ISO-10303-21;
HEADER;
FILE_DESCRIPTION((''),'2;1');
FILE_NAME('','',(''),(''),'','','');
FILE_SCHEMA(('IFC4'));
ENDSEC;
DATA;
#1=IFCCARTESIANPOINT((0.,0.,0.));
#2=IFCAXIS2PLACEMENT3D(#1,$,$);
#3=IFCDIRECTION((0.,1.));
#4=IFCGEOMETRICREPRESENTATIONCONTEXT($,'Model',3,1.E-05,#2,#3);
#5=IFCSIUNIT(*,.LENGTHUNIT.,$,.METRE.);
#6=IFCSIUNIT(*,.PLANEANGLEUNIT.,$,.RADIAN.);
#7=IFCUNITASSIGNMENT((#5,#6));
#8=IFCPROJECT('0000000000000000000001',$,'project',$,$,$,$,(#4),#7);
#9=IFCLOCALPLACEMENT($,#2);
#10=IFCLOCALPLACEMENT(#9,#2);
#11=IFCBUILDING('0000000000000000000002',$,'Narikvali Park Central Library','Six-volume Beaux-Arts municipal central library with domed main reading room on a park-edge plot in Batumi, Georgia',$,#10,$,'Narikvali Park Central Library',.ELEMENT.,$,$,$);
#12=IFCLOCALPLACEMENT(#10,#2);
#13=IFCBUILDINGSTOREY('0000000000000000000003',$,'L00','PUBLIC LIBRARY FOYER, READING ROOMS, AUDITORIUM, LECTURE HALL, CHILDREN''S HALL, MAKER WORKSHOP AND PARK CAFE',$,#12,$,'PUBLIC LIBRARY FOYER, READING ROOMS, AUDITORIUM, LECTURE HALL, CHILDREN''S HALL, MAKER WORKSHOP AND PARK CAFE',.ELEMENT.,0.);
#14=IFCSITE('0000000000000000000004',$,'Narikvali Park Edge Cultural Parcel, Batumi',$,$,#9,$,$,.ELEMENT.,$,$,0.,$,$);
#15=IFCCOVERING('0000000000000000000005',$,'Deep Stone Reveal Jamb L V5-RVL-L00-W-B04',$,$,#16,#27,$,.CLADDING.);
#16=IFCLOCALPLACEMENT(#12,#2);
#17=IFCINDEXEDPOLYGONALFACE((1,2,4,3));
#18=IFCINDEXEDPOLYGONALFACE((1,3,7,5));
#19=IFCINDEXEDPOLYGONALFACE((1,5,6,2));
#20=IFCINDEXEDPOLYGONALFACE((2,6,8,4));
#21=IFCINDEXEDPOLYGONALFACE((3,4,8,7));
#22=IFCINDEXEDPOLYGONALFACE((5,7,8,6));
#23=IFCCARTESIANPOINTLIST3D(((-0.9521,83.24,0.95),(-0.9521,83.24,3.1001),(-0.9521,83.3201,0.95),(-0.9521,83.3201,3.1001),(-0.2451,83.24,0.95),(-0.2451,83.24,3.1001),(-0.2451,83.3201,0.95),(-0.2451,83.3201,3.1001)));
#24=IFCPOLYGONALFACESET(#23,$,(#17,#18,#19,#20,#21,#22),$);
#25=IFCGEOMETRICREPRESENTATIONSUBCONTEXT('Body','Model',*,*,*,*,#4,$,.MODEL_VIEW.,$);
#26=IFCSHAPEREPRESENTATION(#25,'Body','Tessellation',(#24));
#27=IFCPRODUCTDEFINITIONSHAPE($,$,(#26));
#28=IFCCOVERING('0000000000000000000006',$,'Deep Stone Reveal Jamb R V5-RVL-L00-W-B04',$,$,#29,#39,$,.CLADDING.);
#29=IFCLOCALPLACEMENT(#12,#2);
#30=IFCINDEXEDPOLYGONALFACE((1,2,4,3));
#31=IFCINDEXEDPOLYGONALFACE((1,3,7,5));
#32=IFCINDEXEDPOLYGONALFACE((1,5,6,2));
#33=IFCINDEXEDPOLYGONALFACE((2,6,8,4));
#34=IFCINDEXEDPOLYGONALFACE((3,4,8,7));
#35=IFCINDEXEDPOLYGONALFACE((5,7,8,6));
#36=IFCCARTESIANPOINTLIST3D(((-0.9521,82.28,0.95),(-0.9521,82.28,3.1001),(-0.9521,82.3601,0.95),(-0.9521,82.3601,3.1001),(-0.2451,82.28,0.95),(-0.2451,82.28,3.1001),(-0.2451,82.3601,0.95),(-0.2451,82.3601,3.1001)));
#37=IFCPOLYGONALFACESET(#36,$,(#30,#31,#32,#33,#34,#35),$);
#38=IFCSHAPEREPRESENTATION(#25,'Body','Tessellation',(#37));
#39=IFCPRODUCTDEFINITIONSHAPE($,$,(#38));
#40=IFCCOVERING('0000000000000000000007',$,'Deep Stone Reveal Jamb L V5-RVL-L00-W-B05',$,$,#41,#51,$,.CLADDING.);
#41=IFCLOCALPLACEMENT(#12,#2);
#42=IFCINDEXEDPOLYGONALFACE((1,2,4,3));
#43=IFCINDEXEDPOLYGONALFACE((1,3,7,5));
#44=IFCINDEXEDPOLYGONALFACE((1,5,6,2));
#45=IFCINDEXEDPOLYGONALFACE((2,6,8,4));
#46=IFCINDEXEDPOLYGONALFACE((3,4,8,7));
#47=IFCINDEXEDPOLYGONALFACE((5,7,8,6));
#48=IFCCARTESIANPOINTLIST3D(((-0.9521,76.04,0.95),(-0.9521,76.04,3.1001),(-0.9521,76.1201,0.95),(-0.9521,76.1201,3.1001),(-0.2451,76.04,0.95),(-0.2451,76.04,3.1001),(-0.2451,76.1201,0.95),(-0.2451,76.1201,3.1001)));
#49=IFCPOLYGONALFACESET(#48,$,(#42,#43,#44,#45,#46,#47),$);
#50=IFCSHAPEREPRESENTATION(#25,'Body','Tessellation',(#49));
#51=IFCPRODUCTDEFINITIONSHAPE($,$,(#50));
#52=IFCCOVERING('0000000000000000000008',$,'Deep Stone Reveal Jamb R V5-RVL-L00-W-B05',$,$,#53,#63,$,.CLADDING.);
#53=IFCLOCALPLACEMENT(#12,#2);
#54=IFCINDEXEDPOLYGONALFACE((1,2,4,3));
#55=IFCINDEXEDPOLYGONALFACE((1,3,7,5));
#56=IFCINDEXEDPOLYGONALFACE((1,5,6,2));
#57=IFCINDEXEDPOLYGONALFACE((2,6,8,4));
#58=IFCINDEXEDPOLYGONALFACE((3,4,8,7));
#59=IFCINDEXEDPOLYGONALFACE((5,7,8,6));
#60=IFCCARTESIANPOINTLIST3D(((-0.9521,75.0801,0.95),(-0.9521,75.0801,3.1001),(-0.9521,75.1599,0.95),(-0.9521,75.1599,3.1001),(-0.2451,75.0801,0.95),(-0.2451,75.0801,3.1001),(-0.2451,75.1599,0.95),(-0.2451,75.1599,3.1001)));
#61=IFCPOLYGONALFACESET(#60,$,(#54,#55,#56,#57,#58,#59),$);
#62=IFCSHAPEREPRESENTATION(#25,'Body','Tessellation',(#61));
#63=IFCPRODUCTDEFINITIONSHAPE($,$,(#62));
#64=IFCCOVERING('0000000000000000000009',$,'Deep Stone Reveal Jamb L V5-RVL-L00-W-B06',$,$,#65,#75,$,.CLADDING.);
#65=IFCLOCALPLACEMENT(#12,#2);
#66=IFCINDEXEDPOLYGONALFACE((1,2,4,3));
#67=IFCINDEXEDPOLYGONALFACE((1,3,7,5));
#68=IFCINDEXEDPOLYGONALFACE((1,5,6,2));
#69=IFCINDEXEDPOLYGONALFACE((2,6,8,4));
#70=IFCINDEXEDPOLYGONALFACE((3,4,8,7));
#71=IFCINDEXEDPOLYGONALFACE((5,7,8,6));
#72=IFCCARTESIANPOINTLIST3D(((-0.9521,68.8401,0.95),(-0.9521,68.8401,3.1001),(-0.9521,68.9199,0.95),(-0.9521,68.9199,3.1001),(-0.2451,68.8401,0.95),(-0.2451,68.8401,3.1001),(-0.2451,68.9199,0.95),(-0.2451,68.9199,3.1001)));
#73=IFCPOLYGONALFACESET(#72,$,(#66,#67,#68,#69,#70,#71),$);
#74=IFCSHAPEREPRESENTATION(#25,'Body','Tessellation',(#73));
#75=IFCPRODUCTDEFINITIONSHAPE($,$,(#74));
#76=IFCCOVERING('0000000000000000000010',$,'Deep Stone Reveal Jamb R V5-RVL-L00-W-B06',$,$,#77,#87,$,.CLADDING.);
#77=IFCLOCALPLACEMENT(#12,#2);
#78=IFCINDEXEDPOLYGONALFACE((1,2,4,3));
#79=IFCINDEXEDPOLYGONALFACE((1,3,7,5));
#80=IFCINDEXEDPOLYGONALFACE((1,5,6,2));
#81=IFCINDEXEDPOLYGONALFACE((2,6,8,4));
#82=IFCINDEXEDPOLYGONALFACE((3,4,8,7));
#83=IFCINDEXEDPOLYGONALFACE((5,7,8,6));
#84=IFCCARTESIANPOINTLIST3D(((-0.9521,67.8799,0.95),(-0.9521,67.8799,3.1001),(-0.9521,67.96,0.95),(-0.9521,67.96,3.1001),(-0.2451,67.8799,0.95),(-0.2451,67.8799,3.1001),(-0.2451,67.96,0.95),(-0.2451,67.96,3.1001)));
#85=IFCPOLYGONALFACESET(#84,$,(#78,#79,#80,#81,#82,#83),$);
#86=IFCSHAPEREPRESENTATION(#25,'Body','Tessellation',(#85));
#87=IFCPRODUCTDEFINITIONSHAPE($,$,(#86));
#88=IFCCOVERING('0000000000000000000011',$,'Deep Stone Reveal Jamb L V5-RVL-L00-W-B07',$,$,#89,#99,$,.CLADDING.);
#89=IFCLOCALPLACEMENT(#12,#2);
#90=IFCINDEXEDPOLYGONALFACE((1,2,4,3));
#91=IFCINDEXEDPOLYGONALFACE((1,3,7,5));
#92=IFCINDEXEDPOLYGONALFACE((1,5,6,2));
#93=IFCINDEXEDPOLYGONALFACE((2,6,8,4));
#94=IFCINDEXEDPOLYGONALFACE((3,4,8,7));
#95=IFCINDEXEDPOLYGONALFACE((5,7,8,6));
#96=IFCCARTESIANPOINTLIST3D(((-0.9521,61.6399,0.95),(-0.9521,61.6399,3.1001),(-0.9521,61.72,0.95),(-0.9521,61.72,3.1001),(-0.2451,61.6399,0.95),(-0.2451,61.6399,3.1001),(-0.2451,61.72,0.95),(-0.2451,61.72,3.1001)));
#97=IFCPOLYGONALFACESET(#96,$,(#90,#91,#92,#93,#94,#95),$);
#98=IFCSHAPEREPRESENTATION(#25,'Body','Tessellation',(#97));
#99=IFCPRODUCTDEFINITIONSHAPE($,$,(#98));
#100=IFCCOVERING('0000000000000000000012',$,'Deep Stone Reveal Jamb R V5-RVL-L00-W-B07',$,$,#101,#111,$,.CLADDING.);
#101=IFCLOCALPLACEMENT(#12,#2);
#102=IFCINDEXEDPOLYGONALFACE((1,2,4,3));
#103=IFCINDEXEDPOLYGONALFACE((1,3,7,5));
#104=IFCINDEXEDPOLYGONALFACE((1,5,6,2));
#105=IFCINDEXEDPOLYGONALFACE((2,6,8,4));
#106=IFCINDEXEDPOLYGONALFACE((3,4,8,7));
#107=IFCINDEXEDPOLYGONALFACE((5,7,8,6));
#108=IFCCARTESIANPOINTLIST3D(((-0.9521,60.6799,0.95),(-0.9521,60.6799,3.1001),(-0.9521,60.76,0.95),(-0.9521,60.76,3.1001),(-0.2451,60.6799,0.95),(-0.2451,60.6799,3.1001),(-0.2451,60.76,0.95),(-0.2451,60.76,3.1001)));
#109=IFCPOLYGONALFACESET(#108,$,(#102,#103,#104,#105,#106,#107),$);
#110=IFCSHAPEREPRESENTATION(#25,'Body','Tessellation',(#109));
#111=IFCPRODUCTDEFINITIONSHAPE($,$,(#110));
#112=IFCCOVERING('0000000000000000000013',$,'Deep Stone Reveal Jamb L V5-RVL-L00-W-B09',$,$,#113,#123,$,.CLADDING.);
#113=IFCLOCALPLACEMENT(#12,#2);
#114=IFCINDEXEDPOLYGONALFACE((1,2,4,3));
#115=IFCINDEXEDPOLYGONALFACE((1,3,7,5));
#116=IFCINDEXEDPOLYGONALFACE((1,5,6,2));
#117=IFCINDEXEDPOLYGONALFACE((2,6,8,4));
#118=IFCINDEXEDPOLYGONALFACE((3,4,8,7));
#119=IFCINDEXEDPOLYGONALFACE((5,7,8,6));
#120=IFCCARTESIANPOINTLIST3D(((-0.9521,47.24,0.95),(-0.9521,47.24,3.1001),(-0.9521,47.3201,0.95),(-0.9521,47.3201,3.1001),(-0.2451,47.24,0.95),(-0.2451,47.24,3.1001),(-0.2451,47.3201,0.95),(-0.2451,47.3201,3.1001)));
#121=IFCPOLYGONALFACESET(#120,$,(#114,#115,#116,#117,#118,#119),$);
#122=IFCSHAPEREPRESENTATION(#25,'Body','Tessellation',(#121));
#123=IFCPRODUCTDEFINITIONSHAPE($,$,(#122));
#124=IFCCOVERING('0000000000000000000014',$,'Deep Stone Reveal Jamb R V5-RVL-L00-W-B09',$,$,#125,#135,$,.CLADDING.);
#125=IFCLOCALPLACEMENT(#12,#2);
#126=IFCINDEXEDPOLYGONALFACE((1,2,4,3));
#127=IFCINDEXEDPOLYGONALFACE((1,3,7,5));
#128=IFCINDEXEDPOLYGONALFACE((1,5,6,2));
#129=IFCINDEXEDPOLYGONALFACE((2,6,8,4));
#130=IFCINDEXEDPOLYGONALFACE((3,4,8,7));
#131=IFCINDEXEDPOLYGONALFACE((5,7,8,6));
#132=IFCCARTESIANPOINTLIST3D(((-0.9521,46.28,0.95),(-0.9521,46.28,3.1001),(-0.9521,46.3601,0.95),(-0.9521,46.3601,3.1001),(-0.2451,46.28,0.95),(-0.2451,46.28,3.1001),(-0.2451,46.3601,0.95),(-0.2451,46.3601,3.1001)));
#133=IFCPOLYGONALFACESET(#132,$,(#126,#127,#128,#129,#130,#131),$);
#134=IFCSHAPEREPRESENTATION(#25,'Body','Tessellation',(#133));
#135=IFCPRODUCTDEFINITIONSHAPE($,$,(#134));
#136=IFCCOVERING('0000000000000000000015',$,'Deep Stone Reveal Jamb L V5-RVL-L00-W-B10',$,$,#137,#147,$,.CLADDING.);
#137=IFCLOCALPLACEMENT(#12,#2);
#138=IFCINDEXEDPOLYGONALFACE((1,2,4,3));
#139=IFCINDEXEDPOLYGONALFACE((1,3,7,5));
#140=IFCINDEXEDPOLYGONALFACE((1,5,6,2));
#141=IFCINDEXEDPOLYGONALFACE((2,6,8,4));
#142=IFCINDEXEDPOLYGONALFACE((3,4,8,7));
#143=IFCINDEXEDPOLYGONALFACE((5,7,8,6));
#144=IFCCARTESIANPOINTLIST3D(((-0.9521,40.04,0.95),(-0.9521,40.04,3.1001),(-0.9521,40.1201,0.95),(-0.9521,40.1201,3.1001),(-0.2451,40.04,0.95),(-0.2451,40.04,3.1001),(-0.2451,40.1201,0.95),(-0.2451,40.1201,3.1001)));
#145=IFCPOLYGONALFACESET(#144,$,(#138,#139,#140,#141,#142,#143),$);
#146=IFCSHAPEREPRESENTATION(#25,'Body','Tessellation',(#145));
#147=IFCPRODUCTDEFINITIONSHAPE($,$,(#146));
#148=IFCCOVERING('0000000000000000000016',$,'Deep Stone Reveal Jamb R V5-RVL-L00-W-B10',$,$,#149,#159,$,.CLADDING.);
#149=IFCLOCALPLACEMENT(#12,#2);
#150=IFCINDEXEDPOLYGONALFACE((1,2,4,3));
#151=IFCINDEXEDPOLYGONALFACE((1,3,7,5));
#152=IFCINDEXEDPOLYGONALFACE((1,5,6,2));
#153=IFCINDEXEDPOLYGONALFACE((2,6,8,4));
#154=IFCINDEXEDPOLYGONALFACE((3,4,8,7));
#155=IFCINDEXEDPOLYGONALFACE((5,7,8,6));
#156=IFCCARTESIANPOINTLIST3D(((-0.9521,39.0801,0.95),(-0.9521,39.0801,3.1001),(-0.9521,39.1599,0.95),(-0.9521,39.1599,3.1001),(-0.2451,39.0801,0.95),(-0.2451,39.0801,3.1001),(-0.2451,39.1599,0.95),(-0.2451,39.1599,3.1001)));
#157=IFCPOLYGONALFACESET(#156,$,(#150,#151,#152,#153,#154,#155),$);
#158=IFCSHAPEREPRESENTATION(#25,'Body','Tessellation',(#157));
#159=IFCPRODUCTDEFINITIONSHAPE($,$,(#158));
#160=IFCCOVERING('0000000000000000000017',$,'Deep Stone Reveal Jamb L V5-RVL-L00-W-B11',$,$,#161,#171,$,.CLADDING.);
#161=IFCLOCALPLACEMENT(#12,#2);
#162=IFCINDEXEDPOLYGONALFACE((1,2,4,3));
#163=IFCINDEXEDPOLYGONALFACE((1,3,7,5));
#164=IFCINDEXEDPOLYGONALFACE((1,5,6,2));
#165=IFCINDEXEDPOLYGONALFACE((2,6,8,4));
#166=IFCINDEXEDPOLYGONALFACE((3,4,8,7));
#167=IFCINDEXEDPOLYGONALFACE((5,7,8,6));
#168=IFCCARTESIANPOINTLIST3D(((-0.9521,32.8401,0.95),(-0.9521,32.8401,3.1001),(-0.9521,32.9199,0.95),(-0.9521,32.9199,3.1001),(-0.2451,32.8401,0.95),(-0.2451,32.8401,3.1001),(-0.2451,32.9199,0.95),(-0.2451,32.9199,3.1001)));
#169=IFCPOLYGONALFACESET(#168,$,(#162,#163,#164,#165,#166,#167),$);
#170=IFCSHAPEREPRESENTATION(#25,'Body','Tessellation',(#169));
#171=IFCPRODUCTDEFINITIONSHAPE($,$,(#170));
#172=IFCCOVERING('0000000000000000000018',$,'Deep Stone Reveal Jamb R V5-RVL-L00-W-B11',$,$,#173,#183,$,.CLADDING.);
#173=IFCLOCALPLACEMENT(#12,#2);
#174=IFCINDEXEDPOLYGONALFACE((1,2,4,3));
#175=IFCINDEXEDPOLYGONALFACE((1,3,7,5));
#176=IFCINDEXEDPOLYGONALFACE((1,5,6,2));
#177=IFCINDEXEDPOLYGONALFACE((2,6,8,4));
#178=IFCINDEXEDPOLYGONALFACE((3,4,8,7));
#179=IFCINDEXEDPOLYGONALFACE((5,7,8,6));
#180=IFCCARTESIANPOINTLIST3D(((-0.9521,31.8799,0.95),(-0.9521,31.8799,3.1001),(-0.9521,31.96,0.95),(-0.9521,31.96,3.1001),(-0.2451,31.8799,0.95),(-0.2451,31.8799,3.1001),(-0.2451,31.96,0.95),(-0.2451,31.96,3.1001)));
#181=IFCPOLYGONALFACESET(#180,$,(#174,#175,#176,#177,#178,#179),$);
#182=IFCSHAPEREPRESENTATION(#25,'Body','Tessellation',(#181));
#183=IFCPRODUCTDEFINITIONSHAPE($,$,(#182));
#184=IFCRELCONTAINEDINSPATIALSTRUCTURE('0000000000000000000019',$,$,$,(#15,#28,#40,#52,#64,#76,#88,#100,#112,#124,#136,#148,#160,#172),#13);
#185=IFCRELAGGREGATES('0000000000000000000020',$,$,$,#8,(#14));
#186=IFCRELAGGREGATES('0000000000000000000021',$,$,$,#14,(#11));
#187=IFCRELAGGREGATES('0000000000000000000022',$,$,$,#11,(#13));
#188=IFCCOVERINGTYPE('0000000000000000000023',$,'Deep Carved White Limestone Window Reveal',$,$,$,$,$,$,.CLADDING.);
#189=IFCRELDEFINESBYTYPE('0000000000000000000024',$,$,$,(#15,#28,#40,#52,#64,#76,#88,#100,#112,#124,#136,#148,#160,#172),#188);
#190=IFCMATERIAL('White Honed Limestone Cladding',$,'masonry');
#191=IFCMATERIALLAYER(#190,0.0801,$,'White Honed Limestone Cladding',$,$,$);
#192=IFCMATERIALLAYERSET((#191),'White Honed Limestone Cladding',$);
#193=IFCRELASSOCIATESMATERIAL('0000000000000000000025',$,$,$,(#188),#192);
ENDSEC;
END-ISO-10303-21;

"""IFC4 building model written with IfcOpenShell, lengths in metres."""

from ifc_helpers import new_model, si_unit, direction, frame, origin, place, context, subcontext, project, spatial, polyline, outline, extrude, material, layer, layer_set, type_object, element, save


model = new_model("IFC4")

# Units and contexts
model_context = context("Model", 3, precision=1e-05, world=origin(), true_north=direction((0.0, 1.0)))
body_context = subcontext(model_context, "Body", "Model", "MODEL_VIEW")
ifc_project = project(units=[si_unit("LENGTHUNIT", "METRE"), si_unit("PLANEANGLEUNIT", "RADIAN")], contexts=[model_context])

# Site, building, storey
site_placement = place(None, origin())
site = spatial("IfcSite", under=ifc_project, at=site_placement, Name="Narikvali Park Edge Cultural Parcel, Batumi", CompositionType="ELEMENT", RefElevation=0.0)
building_placement = place(site_placement, origin())
building = spatial("IfcBuilding", under=site, at=building_placement, Name="Narikvali Park Central Library", Description="Six-volume Beaux-Arts municipal central library with domed main reading room on a park-edge plot in Batumi, Georgia", LongName="Narikvali Park Central Library", CompositionType="ELEMENT")
storey_placement = place(building_placement, origin())
storey = spatial("IfcBuildingStorey", under=building, at=storey_placement, Name="L00", Description="PUBLIC LIBRARY FOYER, READING ROOMS, AUDITORIUM, LECTURE HALL, CHILDREN'S HALL, MAKER WORKSHOP AND PARK CAFE", LongName="PUBLIC LIBRARY FOYER, READING ROOMS, AUDITORIUM, LECTURE HALL, CHILDREN'S HALL, MAKER WORKSHOP AND PARK CAFE", CompositionType="ELEMENT", Elevation=0.0)

# Coverings
ifc_material = material(Name="White Honed Limestone Cladding", Category="masonry")
ifc_layer = layer(ifc_material, 0.0801, Name="White Honed Limestone Cladding")
ifc_layer_set = layer_set([ifc_layer], Name="White Honed Limestone Cladding")
covering_type = type_object("IfcCoveringType", Name="Deep Carved White Limestone Window Reveal", PredefinedType="CLADDING", material=ifc_layer_set)
covering_1_placement = place(storey_placement, frame((0.0, 0.0, 0.95)))
element("IfcCovering", 1, at=covering_1_placement, inside=storey, type_object=covering_type, Name="Deep Stone Reveal Jamb L V5-RVL-L00-W-B04", PredefinedType="CLADDING", context=body_context, shape_type="SweptSolid", body=[
    extrude(outline(polyline([(-0.2451, 83.3201), (-0.2451, 83.24), (-0.9521, 83.24), (-0.9521, 83.3201), (-0.2451, 83.3201)])), origin(), (0.0, 0.0, 1.0), 2.1501),
])
covering_2_placement = place(storey_placement, frame((0.0, 0.0, 0.95)))
element("IfcCovering", 2, at=covering_2_placement, inside=storey, type_object=covering_type, Name="Deep Stone Reveal Jamb R V5-RVL-L00-W-B04", PredefinedType="CLADDING", context=body_context, shape_type="SweptSolid", body=[
    extrude(outline(polyline([(-0.2451, 82.3601), (-0.2451, 82.28), (-0.9521, 82.28), (-0.9521, 82.3601), (-0.2451, 82.3601)])), origin(), (0.0, 0.0, 1.0), 2.1501),
])
covering_3_placement = place(storey_placement, frame((0.0, 0.0, 0.95)))
element("IfcCovering", 3, at=covering_3_placement, inside=storey, type_object=covering_type, Name="Deep Stone Reveal Jamb L V5-RVL-L00-W-B05", PredefinedType="CLADDING", context=body_context, shape_type="SweptSolid", body=[
    extrude(outline(polyline([(-0.2451, 76.1201), (-0.2451, 76.04), (-0.9521, 76.04), (-0.9521, 76.1201), (-0.2451, 76.1201)])), origin(), (0.0, 0.0, 1.0), 2.1501),
])
covering_4_placement = place(storey_placement, frame((0.0, 0.0, 0.95)))
element("IfcCovering", 4, at=covering_4_placement, inside=storey, type_object=covering_type, Name="Deep Stone Reveal Jamb R V5-RVL-L00-W-B05", PredefinedType="CLADDING", context=body_context, shape_type="SweptSolid", body=[
    extrude(outline(polyline([(-0.2451, 75.1599), (-0.2451, 75.0801), (-0.9521, 75.0801), (-0.9521, 75.1599), (-0.2451, 75.1599)])), origin(), (0.0, 0.0, 1.0), 2.1501),
])
covering_5_placement = place(storey_placement, frame((0.0, 0.0, 0.95)))
element("IfcCovering", 5, at=covering_5_placement, inside=storey, type_object=covering_type, Name="Deep Stone Reveal Jamb L V5-RVL-L00-W-B06", PredefinedType="CLADDING", context=body_context, shape_type="SweptSolid", body=[
    extrude(outline(polyline([(-0.2451, 68.9199), (-0.2451, 68.8401), (-0.9521, 68.8401), (-0.9521, 68.9199), (-0.2451, 68.9199)])), origin(), (0.0, 0.0, 1.0), 2.1501),
])
covering_6_placement = place(storey_placement, frame((0.0, 0.0, 0.95)))
element("IfcCovering", 6, at=covering_6_placement, inside=storey, type_object=covering_type, Name="Deep Stone Reveal Jamb R V5-RVL-L00-W-B06", PredefinedType="CLADDING", context=body_context, shape_type="SweptSolid", body=[
    extrude(outline(polyline([(-0.2451, 67.96), (-0.2451, 67.8799), (-0.9521, 67.8799), (-0.9521, 67.96), (-0.2451, 67.96)])), origin(), (0.0, 0.0, 1.0), 2.1501),
])
covering_7_placement = place(storey_placement, frame((0.0, 0.0, 0.95)))
element("IfcCovering", 7, at=covering_7_placement, inside=storey, type_object=covering_type, Name="Deep Stone Reveal Jamb L V5-RVL-L00-W-B07", PredefinedType="CLADDING", context=body_context, shape_type="SweptSolid", body=[
    extrude(outline(polyline([(-0.2451, 61.72), (-0.2451, 61.6399), (-0.9521, 61.6399), (-0.9521, 61.72), (-0.2451, 61.72)])), origin(), (0.0, 0.0, 1.0), 2.1501),
])
covering_8_placement = place(storey_placement, frame((0.0, 0.0, 0.95)))
element("IfcCovering", 8, at=covering_8_placement, inside=storey, type_object=covering_type, Name="Deep Stone Reveal Jamb R V5-RVL-L00-W-B07", PredefinedType="CLADDING", context=body_context, shape_type="SweptSolid", body=[
    extrude(outline(polyline([(-0.2451, 60.76), (-0.2451, 60.6799), (-0.9521, 60.6799), (-0.9521, 60.76), (-0.2451, 60.76)])), origin(), (0.0, 0.0, 1.0), 2.1501),
])
covering_9_placement = place(storey_placement, frame((0.0, 0.0, 0.95)))
element("IfcCovering", 9, at=covering_9_placement, inside=storey, type_object=covering_type, Name="Deep Stone Reveal Jamb L V5-RVL-L00-W-B09", PredefinedType="CLADDING", context=body_context, shape_type="SweptSolid", body=[
    extrude(outline(polyline([(-0.2451, 47.3201), (-0.2451, 47.24), (-0.9521, 47.24), (-0.9521, 47.3201), (-0.2451, 47.3201)])), origin(), (0.0, 0.0, 1.0), 2.1501),
])
covering_10_placement = place(storey_placement, frame((0.0, 0.0, 0.95)))
element("IfcCovering", 10, at=covering_10_placement, inside=storey, type_object=covering_type, Name="Deep Stone Reveal Jamb R V5-RVL-L00-W-B09", PredefinedType="CLADDING", context=body_context, shape_type="SweptSolid", body=[
    extrude(outline(polyline([(-0.2451, 46.3601), (-0.2451, 46.28), (-0.9521, 46.28), (-0.9521, 46.3601), (-0.2451, 46.3601)])), origin(), (0.0, 0.0, 1.0), 2.1501),
])
covering_11_placement = place(storey_placement, frame((0.0, 0.0, 0.95)))
element("IfcCovering", 11, at=covering_11_placement, inside=storey, type_object=covering_type, Name="Deep Stone Reveal Jamb L V5-RVL-L00-W-B10", PredefinedType="CLADDING", context=body_context, shape_type="SweptSolid", body=[
    extrude(outline(polyline([(-0.2451, 40.1201), (-0.2451, 40.04), (-0.9521, 40.04), (-0.9521, 40.1201), (-0.2451, 40.1201)])), origin(), (0.0, 0.0, 1.0), 2.1501),
])
covering_12_placement = place(storey_placement, frame((0.0, 0.0, 0.95)))
element("IfcCovering", 12, at=covering_12_placement, inside=storey, type_object=covering_type, Name="Deep Stone Reveal Jamb R V5-RVL-L00-W-B10", PredefinedType="CLADDING", context=body_context, shape_type="SweptSolid", body=[
    extrude(outline(polyline([(-0.2451, 39.1599), (-0.2451, 39.0801), (-0.9521, 39.0801), (-0.9521, 39.1599), (-0.2451, 39.1599)])), origin(), (0.0, 0.0, 1.0), 2.1501),
])
covering_13_placement = place(storey_placement, frame((0.0, 0.0, 0.95)))
element("IfcCovering", 13, at=covering_13_placement, inside=storey, type_object=covering_type, Name="Deep Stone Reveal Jamb L V5-RVL-L00-W-B11", PredefinedType="CLADDING", context=body_context, shape_type="SweptSolid", body=[
    extrude(outline(polyline([(-0.2451, 32.9199), (-0.2451, 32.8401), (-0.9521, 32.8401), (-0.9521, 32.9199), (-0.2451, 32.9199)])), origin(), (0.0, 0.0, 1.0), 2.1501),
])
covering_14_placement = place(storey_placement, frame((0.0, 0.0, 0.95)))
element("IfcCovering", 14, at=covering_14_placement, inside=storey, type_object=covering_type, Name="Deep Stone Reveal Jamb R V5-RVL-L00-W-B11", PredefinedType="CLADDING", context=body_context, shape_type="SweptSolid", body=[
    extrude(outline(polyline([(-0.2451, 31.96), (-0.2451, 31.8799), (-0.9521, 31.8799), (-0.9521, 31.96), (-0.2451, 31.96)])), origin(), (0.0, 0.0, 1.0), 2.1501),
])

save(model, "model.ifc")
